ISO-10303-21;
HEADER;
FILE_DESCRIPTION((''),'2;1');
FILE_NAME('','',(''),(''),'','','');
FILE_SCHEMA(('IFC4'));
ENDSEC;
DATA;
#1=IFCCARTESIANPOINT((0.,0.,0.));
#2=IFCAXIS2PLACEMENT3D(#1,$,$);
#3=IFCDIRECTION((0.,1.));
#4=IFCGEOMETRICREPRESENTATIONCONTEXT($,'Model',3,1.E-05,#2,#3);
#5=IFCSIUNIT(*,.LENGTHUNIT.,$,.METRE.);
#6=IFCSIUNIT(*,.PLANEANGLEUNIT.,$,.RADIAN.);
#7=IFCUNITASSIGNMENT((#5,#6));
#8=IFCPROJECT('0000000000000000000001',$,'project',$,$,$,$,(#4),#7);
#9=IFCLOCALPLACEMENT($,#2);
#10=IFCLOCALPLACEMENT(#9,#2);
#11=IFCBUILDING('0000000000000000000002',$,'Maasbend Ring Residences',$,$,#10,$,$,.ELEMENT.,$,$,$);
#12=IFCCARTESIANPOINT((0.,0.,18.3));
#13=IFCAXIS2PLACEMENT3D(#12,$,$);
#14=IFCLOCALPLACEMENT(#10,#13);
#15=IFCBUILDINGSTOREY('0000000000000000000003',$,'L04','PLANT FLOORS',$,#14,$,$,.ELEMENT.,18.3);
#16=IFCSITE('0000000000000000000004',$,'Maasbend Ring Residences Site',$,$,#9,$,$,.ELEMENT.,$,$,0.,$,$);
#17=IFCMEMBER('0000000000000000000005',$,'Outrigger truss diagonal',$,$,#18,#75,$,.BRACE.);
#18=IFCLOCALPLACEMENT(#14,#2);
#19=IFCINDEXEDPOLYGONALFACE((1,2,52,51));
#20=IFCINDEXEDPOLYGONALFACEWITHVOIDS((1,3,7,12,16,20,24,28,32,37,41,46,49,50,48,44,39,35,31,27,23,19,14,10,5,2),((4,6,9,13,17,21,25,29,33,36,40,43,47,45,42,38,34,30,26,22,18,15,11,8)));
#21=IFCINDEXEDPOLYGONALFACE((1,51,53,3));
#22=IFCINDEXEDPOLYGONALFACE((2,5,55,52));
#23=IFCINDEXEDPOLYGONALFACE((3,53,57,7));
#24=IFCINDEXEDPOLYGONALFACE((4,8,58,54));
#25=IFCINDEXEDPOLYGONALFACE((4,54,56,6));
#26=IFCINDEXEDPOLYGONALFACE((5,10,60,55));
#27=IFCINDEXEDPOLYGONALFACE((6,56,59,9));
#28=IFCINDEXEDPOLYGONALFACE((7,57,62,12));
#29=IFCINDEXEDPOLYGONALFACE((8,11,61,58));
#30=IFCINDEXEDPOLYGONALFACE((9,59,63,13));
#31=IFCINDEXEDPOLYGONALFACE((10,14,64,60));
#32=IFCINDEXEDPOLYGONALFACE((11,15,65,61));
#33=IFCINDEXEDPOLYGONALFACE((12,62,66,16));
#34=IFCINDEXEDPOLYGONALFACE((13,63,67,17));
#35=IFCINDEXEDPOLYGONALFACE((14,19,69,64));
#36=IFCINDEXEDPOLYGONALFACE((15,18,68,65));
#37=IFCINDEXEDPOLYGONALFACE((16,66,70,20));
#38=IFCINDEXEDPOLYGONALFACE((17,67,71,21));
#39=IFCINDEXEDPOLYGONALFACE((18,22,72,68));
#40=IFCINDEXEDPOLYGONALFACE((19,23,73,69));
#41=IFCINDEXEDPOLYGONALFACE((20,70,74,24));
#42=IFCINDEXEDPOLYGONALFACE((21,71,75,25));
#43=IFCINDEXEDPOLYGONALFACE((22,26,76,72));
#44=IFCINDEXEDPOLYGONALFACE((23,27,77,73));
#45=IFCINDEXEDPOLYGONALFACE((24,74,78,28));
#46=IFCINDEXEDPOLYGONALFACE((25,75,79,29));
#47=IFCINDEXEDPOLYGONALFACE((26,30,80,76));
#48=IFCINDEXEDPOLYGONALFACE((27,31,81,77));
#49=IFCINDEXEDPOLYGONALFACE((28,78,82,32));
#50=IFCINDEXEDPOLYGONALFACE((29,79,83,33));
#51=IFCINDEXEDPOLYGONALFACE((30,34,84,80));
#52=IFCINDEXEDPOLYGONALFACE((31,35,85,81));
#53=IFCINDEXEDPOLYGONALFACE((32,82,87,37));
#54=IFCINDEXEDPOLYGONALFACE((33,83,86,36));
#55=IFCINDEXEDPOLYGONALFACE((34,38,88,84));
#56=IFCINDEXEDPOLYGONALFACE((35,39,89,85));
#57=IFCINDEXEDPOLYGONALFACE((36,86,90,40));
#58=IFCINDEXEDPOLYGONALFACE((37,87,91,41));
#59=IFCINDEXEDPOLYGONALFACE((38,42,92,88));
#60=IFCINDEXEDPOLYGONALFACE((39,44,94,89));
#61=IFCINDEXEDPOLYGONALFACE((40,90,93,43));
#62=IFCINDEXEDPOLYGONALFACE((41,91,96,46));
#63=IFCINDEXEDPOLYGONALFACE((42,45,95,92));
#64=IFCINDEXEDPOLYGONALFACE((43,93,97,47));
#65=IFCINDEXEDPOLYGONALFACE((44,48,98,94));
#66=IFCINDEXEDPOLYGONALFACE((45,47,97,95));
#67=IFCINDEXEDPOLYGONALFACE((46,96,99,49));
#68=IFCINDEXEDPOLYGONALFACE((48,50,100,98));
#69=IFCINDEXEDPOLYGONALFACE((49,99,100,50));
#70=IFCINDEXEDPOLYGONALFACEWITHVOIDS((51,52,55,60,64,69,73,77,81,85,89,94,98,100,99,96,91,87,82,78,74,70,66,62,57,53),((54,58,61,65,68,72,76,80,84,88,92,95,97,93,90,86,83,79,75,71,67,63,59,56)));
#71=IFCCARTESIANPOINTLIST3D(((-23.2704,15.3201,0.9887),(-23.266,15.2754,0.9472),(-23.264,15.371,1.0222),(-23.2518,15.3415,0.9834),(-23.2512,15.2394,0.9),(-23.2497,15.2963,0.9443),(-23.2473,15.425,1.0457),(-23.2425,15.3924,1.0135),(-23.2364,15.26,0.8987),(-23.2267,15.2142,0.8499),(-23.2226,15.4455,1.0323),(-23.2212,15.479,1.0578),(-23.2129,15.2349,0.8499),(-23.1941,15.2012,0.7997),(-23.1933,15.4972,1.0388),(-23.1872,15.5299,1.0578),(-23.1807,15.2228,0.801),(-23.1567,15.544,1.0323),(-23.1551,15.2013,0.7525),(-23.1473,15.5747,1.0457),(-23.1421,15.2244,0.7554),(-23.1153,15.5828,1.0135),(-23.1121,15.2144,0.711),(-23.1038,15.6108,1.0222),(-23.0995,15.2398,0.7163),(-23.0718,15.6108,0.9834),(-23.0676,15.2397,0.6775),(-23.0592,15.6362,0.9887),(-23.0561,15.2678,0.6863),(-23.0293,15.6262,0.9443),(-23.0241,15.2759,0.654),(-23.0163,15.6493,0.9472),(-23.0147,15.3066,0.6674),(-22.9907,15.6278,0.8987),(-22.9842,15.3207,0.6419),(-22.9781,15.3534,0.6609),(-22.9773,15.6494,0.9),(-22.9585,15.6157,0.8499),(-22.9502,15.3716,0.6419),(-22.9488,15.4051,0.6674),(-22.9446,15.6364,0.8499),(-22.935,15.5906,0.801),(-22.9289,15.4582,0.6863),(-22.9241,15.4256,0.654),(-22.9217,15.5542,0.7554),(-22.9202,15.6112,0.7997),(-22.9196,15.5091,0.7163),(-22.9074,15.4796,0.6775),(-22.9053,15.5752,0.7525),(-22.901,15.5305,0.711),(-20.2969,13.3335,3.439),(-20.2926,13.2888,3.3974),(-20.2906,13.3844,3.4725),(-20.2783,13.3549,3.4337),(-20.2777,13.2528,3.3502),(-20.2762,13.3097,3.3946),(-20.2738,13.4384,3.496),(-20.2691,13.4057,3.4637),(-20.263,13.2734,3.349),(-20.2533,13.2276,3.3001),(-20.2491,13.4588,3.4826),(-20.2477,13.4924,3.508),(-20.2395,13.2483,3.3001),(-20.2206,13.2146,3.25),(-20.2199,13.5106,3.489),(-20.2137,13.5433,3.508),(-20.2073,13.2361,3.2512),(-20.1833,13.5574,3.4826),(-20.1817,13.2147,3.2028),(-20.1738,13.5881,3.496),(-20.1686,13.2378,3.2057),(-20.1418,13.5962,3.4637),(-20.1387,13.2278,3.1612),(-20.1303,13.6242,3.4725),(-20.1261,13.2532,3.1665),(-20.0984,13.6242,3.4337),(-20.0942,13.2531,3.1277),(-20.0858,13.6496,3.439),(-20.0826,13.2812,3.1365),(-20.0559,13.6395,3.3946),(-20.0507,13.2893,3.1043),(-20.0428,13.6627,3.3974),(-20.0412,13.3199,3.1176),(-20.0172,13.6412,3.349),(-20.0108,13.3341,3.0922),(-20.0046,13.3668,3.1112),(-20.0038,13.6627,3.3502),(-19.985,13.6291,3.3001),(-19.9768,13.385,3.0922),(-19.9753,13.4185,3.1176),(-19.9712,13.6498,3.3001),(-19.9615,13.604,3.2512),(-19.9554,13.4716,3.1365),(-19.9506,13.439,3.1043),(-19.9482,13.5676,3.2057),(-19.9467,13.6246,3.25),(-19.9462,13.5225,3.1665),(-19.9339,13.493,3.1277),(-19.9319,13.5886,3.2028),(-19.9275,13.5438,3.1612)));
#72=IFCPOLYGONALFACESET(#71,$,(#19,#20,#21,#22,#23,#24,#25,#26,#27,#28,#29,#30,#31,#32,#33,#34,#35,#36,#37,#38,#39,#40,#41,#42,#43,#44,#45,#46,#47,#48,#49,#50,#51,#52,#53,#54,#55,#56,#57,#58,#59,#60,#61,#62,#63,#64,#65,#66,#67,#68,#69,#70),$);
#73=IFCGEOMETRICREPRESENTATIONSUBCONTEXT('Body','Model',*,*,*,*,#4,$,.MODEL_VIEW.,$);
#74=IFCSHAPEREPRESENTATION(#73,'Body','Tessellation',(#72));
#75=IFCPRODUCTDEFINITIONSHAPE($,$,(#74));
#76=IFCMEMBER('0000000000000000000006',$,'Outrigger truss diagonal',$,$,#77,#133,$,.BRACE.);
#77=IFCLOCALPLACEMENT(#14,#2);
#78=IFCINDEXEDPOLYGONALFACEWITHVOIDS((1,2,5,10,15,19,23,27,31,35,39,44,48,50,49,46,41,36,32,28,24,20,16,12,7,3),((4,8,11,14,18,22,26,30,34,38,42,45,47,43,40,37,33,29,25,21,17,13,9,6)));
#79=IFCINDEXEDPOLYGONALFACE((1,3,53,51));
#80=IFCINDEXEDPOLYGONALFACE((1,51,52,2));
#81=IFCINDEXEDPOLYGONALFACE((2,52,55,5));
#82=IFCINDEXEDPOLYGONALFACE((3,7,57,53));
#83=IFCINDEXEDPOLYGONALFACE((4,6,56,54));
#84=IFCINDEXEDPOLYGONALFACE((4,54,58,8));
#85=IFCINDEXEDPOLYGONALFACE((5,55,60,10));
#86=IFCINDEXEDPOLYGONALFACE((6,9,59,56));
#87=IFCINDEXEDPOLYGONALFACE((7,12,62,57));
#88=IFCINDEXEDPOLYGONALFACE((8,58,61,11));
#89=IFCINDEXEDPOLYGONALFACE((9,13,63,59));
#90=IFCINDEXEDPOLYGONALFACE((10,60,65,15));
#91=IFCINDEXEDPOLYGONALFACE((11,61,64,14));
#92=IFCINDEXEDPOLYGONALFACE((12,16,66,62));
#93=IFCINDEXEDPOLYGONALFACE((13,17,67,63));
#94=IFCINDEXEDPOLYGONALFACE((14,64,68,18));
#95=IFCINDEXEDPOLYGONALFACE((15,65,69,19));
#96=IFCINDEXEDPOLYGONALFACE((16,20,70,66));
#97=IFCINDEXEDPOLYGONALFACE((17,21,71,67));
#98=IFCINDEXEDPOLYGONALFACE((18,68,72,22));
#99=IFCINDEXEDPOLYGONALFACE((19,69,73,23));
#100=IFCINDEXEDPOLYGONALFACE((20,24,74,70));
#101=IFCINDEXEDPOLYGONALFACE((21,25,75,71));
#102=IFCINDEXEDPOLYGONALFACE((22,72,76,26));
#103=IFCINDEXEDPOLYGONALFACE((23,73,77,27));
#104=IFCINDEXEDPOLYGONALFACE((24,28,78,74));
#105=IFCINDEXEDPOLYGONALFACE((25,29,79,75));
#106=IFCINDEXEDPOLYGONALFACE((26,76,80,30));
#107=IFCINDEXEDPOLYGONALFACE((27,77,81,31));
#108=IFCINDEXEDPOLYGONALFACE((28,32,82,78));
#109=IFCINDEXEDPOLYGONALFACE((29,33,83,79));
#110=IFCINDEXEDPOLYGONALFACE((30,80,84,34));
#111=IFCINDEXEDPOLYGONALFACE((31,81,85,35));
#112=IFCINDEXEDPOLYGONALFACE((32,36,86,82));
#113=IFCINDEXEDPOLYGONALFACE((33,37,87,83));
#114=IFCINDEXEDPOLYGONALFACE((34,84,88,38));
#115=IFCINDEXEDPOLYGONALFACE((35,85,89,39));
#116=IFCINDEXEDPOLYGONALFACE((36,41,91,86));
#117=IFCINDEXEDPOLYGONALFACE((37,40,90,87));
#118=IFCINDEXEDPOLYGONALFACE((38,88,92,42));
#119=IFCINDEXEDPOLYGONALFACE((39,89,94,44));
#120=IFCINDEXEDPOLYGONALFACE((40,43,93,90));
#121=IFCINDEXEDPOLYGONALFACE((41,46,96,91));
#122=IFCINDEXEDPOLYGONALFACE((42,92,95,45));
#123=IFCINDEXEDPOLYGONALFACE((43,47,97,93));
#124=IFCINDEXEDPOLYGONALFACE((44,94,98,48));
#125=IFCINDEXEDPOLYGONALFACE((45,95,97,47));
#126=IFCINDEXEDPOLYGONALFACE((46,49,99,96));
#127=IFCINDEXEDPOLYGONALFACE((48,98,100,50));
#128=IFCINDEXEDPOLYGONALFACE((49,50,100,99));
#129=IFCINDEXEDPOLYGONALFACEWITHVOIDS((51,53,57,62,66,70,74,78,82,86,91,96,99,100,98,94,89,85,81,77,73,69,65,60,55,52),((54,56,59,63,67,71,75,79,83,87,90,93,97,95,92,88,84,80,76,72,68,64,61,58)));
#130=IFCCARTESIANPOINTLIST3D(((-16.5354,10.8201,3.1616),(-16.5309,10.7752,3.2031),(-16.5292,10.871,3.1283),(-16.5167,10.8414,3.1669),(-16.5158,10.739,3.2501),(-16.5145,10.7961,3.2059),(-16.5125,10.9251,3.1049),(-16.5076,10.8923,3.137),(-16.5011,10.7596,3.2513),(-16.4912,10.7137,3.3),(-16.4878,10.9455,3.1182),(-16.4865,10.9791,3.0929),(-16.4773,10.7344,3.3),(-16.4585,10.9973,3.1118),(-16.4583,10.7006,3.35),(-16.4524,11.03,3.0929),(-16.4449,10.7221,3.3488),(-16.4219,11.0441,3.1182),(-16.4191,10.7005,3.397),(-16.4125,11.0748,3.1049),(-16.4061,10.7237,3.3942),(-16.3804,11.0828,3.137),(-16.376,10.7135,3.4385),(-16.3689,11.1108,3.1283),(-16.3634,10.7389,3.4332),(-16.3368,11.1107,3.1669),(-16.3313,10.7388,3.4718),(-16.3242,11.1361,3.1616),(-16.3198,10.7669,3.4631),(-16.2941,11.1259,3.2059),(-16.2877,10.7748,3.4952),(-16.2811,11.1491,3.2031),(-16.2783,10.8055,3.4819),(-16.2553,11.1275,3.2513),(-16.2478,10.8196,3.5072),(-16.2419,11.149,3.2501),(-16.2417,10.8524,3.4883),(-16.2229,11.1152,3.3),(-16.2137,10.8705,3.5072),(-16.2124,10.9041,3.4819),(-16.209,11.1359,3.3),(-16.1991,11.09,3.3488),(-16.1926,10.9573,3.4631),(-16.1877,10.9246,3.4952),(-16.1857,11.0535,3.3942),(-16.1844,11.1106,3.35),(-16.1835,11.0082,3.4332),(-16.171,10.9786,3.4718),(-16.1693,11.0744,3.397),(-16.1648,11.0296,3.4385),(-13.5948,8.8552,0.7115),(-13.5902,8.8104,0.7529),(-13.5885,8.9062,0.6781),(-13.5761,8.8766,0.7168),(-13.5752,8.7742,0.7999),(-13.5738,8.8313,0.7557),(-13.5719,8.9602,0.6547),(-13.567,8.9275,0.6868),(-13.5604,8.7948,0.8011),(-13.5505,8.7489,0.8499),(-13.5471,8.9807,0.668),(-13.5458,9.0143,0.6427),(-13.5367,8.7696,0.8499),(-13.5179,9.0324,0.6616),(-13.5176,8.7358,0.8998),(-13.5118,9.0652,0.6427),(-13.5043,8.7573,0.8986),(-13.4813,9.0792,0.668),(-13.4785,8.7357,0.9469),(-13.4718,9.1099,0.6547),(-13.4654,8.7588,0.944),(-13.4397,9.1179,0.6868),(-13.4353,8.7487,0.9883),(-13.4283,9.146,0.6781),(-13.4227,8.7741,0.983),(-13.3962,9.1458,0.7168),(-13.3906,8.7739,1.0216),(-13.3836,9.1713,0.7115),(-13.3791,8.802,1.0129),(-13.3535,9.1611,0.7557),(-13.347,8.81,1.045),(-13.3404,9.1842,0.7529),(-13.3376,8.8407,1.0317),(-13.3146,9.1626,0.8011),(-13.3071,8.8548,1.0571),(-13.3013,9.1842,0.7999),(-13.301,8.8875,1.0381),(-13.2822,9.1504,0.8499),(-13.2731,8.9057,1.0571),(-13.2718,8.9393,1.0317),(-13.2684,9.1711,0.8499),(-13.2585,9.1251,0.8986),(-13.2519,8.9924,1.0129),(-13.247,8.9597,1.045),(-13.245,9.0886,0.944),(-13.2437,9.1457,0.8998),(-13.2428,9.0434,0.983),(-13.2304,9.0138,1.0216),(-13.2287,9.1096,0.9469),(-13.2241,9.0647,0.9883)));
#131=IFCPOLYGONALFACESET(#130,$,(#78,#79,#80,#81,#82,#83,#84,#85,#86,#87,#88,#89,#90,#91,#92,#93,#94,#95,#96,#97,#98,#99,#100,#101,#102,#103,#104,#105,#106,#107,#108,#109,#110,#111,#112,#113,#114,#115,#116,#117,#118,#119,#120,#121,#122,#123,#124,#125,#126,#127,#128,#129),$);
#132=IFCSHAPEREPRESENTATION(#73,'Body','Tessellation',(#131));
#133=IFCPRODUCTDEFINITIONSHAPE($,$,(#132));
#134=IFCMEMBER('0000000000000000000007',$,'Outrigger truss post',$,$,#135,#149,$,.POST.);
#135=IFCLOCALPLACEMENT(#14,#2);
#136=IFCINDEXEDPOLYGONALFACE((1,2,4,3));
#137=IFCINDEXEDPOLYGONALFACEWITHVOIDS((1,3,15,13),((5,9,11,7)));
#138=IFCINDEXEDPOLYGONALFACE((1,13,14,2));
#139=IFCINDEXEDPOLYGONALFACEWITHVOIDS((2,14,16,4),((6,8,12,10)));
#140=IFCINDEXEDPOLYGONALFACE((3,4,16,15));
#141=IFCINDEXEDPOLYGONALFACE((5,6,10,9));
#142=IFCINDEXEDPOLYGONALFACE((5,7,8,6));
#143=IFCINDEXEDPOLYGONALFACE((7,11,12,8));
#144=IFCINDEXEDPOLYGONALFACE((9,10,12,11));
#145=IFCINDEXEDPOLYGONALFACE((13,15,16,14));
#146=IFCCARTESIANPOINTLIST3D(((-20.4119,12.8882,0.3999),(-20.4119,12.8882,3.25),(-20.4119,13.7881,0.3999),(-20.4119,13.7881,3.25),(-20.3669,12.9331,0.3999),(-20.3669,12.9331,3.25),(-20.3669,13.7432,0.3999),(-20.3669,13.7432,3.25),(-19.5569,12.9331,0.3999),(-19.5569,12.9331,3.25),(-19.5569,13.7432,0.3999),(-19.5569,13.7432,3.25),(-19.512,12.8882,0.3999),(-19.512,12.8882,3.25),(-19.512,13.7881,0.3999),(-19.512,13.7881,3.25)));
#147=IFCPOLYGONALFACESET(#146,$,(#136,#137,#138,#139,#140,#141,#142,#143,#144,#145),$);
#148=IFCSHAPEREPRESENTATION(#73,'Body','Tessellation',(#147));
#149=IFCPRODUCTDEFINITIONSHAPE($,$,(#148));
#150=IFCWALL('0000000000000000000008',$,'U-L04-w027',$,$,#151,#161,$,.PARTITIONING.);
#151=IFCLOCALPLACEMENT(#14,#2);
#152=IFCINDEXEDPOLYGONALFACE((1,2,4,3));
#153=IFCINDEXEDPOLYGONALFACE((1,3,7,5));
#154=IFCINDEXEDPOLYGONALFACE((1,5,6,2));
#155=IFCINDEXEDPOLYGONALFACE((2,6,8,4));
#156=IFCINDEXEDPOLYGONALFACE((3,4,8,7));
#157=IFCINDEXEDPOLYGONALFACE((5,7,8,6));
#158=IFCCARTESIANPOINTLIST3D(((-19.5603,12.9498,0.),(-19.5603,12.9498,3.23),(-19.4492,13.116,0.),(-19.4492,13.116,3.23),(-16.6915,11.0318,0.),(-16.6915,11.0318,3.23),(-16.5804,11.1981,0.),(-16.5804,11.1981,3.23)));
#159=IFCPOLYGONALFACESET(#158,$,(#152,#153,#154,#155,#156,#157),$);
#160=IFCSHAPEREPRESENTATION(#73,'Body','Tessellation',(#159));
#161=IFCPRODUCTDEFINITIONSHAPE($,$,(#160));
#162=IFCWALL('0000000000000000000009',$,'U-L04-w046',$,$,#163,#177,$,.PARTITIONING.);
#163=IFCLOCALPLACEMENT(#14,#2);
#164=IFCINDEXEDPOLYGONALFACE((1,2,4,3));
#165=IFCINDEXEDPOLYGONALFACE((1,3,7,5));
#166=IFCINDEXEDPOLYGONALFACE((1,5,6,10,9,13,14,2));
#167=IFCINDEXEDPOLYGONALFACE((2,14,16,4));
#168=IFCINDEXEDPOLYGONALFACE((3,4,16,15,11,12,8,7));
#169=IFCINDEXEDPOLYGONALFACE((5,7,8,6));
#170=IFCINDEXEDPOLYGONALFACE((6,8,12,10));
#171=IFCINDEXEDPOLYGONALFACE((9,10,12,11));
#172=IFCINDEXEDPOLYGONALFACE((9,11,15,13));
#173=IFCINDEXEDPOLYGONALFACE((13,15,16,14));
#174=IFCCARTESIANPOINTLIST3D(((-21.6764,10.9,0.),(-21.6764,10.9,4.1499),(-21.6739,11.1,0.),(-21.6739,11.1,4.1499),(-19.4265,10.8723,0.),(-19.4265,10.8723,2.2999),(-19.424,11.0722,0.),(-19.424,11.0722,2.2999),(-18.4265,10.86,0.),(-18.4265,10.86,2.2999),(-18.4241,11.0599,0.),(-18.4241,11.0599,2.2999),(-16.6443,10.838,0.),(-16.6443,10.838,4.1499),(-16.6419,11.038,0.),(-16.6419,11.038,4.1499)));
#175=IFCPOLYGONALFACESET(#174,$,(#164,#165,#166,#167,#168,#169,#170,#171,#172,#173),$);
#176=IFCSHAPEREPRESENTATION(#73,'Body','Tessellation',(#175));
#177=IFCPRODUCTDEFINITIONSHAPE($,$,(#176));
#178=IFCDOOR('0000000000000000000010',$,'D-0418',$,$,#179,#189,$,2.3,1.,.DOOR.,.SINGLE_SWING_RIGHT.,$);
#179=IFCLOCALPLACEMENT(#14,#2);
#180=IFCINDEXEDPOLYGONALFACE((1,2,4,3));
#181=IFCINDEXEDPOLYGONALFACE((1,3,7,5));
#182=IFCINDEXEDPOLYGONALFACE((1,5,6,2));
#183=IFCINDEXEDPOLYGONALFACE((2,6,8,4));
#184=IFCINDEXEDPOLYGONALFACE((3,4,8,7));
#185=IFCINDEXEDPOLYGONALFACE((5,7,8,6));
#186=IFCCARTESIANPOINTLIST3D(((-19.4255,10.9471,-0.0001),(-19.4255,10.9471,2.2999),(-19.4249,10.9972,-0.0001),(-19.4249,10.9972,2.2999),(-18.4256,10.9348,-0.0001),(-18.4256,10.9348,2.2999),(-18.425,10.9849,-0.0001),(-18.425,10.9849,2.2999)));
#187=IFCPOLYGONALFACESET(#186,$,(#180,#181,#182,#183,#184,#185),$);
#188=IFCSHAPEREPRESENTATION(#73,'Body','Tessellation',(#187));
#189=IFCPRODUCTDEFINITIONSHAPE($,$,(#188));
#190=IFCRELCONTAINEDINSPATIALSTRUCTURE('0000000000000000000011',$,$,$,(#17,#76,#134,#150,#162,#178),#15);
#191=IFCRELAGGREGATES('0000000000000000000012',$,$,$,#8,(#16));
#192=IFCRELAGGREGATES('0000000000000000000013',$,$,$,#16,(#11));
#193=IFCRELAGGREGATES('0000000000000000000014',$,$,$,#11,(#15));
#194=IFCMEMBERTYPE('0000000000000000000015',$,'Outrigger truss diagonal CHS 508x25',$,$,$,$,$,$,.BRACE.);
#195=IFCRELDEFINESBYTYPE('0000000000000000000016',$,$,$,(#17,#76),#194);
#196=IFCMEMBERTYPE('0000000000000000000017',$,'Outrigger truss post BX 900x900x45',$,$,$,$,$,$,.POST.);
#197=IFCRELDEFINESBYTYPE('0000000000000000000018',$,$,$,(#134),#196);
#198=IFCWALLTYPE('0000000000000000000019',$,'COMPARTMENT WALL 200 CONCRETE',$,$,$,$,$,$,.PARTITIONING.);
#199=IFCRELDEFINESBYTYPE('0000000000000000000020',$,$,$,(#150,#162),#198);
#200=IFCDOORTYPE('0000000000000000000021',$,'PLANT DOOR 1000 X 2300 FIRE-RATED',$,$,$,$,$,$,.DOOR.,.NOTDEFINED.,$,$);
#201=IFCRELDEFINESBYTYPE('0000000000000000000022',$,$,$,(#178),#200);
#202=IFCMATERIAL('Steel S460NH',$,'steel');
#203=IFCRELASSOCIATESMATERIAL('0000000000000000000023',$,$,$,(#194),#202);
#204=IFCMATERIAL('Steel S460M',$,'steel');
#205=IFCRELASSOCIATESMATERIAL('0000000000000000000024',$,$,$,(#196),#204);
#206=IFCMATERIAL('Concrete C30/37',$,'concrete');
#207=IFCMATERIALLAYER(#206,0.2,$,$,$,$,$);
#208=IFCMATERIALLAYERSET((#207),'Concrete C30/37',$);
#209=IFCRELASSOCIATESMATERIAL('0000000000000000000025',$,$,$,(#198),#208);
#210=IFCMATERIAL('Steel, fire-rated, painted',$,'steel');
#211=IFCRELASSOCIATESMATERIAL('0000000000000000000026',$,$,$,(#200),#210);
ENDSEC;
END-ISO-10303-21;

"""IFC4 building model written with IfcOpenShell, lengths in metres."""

from ifc_helpers import new_model, si_unit, direction, frame, frame_2d, origin, origin_2d, place, context, subcontext, project, spatial, rectangle, hollow_rectangle, hollow_circle, extrude, material, layer, layer_set, material_profile, profile_set, type_object, element, fill, save


model = new_model("IFC4")

# Units and contexts
model_context = context("Model", 3, precision=1e-05, world=origin(), true_north=direction((0.0, 1.0)))
body_context = subcontext(model_context, "Body", "Model", "MODEL_VIEW")
ifc_project = project(units=[si_unit("LENGTHUNIT", "METRE"), si_unit("PLANEANGLEUNIT", "RADIAN")], contexts=[model_context])

# Site, building, storey
site_placement = place(None, origin())
site = spatial("IfcSite", under=ifc_project, at=site_placement, Name="Maasbend Ring Residences Site", CompositionType="ELEMENT", RefElevation=0.0)
building_placement = place(site_placement, origin())
building = spatial("IfcBuilding", under=site, at=building_placement, Name="Maasbend Ring Residences", CompositionType="ELEMENT")
storey_placement = place(building_placement, frame((0.0, 0.0, 18.3)))
storey = spatial("IfcBuildingStorey", under=building, at=storey_placement, Name="L04", Description="PLANT FLOORS", CompositionType="ELEMENT", Elevation=18.3)

# Members
ifc_material_1 = material(Name="Steel S460NH", Category="steel")
ifc_material_profile_1 = material_profile(ifc_material_1, hollow_circle(Radius=0.2539, WallThickness=0.0249, at=origin_2d()), Name="Outrigger truss diagonal CHS 508x25")
ifc_profile_set_1 = profile_set([ifc_material_profile_1], Name="Steel S460NH")
member_type_1 = type_object("IfcMemberType", Name="Outrigger truss diagonal CHS 508x25", PredefinedType="BRACE", material=ifc_profile_set_1)
member_1_placement = place(storey_placement, frame((-23.0857, 15.4253, 0.8499), z_axis=(0.685926, -0.458279, 0.565231), x_axis=(0.555535, 0.831493, 0.0)))
element("IfcMember", 1, at=member_1_placement, inside=storey, type_object=member_type_1, Name="Outrigger truss diagonal", PredefinedType="BRACE", context=body_context, shape_type="SweptSolid", body=[
    extrude(hollow_circle(Radius=0.2539, WallThickness=0.0249, at=origin_2d()), origin(), (0.0, 0.0, 1.0), 4.335),
])
member_2_placement = place(storey_placement, frame((-16.3501, 10.9248, 3.3), z_axis=(0.683478, -0.456673, -0.56948), x_axis=(0.55556, 0.831476, 0.0)))
element("IfcMember", 2, at=member_2_placement, inside=storey, type_object=member_type_1, Name="Outrigger truss diagonal", PredefinedType="BRACE", context=body_context, shape_type="SweptSolid", body=[
    extrude(hollow_circle(Radius=0.2539, WallThickness=0.0249, at=origin_2d()), origin(), (0.0, 0.0, 1.0), 4.3025),
])
ifc_material_2 = material(Name="Steel S460M", Category="steel")
ifc_material_profile_2 = material_profile(ifc_material_2, hollow_rectangle(XDim=0.8999, YDim=0.8999, WallThickness=0.0449, at=origin_2d()), Name="Outrigger truss post BX 900x900x45")
ifc_profile_set_2 = profile_set([ifc_material_profile_2], Name="Steel S460M")
member_type_2 = type_object("IfcMemberType", Name="Outrigger truss post BX 900x900x45", PredefinedType="POST", material=ifc_profile_set_2)
member_3_placement = place(storey_placement, frame((-19.9619, 13.3381, 0.3999), z_axis=(0.0, 0.0, 1.0), x_axis=(1.0, 0.0, 0.0)))
element("IfcMember", 3, at=member_3_placement, inside=storey, type_object=member_type_2, Name="Outrigger truss post", PredefinedType="POST", context=body_context, shape_type="SweptSolid", body=[
    extrude(hollow_rectangle(XDim=0.8999, YDim=0.8999, WallThickness=0.0449, at=origin_2d()), origin(), (0.0, 0.0, 1.0), 2.8501),
])

# Wall
ifc_material_3 = material(Name="Concrete C30/37", Category="concrete")
ifc_layer_1 = layer(ifc_material_3, 0.2)
ifc_layer_set_1 = layer_set([ifc_layer_1], Name="Concrete C30/37")
wall_type_1 = type_object("IfcWallType", Name="COMPARTMENT WALL 200 CONCRETE", PredefinedType="PARTITIONING", material=ifc_layer_set_1)
wall_1_placement = place(storey_placement, frame((-19.5049, 13.033, 0.0), z_axis=(0.0, 0.0, 1.0), x_axis=(0.831331, -0.555777, 0.0)))
element("IfcWall", 4, at=wall_1_placement, inside=storey, type_object=wall_type_1, Name="U-L04-w027", PredefinedType="PARTITIONING", context=body_context, shape_type="SweptSolid", body=[
    extrude(rectangle(XDim=3.4509, YDim=0.2, at=frame_2d((1.7256, 0.0))), origin(), (0.0, 0.0, 1.0), 3.23),
])

# Wall, opening, door
wall_2_placement = place(storey_placement, frame((-21.675, 11.0, 0.0), z_axis=(0.0, 0.0, 1.0), x_axis=(0.999924, -0.012323, 0.0)))
wall_2 = element("IfcWall", 5, at=wall_2_placement, inside=storey, type_object=wall_type_1, Name="U-L04-w046", PredefinedType="PARTITIONING", context=body_context, shape_type="SweptSolid", body=[
    extrude(rectangle(XDim=5.0325, YDim=0.2, at=frame_2d((2.5161, 0.0))), origin(), (0.0, 0.0, 1.0), 4.1499),
])
opening_1_placement = place(wall_2_placement, frame((2.25, 0.0, 0.0)))
opening_1 = element("IfcOpeningElement", 6, at=opening_1_placement, cuts=wall_2, PredefinedType="OPENING", context=body_context, shape_type="SweptSolid", body=[
    extrude(rectangle(XDim=1.0, YDim=2.3, at=frame_2d((0.5, 1.1499))), frame((0.0, 0.1099, 0.0), z_axis=(0.0, -1.0, 0.0), x_axis=(1.0, 0.0, 0.0)), (0.0, 0.0, 1.0), 0.22),
])
ifc_material_4 = material(Name="Steel, fire-rated, painted", Category="steel")
door_type = type_object("IfcDoorType", Name="PLANT DOOR 1000 X 2300 FIRE-RATED", OperationType="NOTDEFINED", PredefinedType="DOOR", material=ifc_material_4)
door_1_placement = place(opening_1_placement, origin())
door_1 = element("IfcDoor", 7, at=door_1_placement, inside=storey, type_object=door_type, Name="D-0418", OperationType="SINGLE_SWING_RIGHT", OverallHeight=2.3, OverallWidth=1.0, PredefinedType="DOOR", context=body_context, shape_type="SweptSolid", body=[
    extrude(rectangle(XDim=1.0, YDim=2.3, at=frame_2d((0.5, 1.1499))), frame((0.0, 0.0249, 0.0), z_axis=(0.0, -1.0, 0.0), x_axis=(1.0, 0.0, 0.0)), (0.0, 0.0, 1.0), 0.05),
])
fill(opening_1, door_1)

save(model, "model.ifc")
